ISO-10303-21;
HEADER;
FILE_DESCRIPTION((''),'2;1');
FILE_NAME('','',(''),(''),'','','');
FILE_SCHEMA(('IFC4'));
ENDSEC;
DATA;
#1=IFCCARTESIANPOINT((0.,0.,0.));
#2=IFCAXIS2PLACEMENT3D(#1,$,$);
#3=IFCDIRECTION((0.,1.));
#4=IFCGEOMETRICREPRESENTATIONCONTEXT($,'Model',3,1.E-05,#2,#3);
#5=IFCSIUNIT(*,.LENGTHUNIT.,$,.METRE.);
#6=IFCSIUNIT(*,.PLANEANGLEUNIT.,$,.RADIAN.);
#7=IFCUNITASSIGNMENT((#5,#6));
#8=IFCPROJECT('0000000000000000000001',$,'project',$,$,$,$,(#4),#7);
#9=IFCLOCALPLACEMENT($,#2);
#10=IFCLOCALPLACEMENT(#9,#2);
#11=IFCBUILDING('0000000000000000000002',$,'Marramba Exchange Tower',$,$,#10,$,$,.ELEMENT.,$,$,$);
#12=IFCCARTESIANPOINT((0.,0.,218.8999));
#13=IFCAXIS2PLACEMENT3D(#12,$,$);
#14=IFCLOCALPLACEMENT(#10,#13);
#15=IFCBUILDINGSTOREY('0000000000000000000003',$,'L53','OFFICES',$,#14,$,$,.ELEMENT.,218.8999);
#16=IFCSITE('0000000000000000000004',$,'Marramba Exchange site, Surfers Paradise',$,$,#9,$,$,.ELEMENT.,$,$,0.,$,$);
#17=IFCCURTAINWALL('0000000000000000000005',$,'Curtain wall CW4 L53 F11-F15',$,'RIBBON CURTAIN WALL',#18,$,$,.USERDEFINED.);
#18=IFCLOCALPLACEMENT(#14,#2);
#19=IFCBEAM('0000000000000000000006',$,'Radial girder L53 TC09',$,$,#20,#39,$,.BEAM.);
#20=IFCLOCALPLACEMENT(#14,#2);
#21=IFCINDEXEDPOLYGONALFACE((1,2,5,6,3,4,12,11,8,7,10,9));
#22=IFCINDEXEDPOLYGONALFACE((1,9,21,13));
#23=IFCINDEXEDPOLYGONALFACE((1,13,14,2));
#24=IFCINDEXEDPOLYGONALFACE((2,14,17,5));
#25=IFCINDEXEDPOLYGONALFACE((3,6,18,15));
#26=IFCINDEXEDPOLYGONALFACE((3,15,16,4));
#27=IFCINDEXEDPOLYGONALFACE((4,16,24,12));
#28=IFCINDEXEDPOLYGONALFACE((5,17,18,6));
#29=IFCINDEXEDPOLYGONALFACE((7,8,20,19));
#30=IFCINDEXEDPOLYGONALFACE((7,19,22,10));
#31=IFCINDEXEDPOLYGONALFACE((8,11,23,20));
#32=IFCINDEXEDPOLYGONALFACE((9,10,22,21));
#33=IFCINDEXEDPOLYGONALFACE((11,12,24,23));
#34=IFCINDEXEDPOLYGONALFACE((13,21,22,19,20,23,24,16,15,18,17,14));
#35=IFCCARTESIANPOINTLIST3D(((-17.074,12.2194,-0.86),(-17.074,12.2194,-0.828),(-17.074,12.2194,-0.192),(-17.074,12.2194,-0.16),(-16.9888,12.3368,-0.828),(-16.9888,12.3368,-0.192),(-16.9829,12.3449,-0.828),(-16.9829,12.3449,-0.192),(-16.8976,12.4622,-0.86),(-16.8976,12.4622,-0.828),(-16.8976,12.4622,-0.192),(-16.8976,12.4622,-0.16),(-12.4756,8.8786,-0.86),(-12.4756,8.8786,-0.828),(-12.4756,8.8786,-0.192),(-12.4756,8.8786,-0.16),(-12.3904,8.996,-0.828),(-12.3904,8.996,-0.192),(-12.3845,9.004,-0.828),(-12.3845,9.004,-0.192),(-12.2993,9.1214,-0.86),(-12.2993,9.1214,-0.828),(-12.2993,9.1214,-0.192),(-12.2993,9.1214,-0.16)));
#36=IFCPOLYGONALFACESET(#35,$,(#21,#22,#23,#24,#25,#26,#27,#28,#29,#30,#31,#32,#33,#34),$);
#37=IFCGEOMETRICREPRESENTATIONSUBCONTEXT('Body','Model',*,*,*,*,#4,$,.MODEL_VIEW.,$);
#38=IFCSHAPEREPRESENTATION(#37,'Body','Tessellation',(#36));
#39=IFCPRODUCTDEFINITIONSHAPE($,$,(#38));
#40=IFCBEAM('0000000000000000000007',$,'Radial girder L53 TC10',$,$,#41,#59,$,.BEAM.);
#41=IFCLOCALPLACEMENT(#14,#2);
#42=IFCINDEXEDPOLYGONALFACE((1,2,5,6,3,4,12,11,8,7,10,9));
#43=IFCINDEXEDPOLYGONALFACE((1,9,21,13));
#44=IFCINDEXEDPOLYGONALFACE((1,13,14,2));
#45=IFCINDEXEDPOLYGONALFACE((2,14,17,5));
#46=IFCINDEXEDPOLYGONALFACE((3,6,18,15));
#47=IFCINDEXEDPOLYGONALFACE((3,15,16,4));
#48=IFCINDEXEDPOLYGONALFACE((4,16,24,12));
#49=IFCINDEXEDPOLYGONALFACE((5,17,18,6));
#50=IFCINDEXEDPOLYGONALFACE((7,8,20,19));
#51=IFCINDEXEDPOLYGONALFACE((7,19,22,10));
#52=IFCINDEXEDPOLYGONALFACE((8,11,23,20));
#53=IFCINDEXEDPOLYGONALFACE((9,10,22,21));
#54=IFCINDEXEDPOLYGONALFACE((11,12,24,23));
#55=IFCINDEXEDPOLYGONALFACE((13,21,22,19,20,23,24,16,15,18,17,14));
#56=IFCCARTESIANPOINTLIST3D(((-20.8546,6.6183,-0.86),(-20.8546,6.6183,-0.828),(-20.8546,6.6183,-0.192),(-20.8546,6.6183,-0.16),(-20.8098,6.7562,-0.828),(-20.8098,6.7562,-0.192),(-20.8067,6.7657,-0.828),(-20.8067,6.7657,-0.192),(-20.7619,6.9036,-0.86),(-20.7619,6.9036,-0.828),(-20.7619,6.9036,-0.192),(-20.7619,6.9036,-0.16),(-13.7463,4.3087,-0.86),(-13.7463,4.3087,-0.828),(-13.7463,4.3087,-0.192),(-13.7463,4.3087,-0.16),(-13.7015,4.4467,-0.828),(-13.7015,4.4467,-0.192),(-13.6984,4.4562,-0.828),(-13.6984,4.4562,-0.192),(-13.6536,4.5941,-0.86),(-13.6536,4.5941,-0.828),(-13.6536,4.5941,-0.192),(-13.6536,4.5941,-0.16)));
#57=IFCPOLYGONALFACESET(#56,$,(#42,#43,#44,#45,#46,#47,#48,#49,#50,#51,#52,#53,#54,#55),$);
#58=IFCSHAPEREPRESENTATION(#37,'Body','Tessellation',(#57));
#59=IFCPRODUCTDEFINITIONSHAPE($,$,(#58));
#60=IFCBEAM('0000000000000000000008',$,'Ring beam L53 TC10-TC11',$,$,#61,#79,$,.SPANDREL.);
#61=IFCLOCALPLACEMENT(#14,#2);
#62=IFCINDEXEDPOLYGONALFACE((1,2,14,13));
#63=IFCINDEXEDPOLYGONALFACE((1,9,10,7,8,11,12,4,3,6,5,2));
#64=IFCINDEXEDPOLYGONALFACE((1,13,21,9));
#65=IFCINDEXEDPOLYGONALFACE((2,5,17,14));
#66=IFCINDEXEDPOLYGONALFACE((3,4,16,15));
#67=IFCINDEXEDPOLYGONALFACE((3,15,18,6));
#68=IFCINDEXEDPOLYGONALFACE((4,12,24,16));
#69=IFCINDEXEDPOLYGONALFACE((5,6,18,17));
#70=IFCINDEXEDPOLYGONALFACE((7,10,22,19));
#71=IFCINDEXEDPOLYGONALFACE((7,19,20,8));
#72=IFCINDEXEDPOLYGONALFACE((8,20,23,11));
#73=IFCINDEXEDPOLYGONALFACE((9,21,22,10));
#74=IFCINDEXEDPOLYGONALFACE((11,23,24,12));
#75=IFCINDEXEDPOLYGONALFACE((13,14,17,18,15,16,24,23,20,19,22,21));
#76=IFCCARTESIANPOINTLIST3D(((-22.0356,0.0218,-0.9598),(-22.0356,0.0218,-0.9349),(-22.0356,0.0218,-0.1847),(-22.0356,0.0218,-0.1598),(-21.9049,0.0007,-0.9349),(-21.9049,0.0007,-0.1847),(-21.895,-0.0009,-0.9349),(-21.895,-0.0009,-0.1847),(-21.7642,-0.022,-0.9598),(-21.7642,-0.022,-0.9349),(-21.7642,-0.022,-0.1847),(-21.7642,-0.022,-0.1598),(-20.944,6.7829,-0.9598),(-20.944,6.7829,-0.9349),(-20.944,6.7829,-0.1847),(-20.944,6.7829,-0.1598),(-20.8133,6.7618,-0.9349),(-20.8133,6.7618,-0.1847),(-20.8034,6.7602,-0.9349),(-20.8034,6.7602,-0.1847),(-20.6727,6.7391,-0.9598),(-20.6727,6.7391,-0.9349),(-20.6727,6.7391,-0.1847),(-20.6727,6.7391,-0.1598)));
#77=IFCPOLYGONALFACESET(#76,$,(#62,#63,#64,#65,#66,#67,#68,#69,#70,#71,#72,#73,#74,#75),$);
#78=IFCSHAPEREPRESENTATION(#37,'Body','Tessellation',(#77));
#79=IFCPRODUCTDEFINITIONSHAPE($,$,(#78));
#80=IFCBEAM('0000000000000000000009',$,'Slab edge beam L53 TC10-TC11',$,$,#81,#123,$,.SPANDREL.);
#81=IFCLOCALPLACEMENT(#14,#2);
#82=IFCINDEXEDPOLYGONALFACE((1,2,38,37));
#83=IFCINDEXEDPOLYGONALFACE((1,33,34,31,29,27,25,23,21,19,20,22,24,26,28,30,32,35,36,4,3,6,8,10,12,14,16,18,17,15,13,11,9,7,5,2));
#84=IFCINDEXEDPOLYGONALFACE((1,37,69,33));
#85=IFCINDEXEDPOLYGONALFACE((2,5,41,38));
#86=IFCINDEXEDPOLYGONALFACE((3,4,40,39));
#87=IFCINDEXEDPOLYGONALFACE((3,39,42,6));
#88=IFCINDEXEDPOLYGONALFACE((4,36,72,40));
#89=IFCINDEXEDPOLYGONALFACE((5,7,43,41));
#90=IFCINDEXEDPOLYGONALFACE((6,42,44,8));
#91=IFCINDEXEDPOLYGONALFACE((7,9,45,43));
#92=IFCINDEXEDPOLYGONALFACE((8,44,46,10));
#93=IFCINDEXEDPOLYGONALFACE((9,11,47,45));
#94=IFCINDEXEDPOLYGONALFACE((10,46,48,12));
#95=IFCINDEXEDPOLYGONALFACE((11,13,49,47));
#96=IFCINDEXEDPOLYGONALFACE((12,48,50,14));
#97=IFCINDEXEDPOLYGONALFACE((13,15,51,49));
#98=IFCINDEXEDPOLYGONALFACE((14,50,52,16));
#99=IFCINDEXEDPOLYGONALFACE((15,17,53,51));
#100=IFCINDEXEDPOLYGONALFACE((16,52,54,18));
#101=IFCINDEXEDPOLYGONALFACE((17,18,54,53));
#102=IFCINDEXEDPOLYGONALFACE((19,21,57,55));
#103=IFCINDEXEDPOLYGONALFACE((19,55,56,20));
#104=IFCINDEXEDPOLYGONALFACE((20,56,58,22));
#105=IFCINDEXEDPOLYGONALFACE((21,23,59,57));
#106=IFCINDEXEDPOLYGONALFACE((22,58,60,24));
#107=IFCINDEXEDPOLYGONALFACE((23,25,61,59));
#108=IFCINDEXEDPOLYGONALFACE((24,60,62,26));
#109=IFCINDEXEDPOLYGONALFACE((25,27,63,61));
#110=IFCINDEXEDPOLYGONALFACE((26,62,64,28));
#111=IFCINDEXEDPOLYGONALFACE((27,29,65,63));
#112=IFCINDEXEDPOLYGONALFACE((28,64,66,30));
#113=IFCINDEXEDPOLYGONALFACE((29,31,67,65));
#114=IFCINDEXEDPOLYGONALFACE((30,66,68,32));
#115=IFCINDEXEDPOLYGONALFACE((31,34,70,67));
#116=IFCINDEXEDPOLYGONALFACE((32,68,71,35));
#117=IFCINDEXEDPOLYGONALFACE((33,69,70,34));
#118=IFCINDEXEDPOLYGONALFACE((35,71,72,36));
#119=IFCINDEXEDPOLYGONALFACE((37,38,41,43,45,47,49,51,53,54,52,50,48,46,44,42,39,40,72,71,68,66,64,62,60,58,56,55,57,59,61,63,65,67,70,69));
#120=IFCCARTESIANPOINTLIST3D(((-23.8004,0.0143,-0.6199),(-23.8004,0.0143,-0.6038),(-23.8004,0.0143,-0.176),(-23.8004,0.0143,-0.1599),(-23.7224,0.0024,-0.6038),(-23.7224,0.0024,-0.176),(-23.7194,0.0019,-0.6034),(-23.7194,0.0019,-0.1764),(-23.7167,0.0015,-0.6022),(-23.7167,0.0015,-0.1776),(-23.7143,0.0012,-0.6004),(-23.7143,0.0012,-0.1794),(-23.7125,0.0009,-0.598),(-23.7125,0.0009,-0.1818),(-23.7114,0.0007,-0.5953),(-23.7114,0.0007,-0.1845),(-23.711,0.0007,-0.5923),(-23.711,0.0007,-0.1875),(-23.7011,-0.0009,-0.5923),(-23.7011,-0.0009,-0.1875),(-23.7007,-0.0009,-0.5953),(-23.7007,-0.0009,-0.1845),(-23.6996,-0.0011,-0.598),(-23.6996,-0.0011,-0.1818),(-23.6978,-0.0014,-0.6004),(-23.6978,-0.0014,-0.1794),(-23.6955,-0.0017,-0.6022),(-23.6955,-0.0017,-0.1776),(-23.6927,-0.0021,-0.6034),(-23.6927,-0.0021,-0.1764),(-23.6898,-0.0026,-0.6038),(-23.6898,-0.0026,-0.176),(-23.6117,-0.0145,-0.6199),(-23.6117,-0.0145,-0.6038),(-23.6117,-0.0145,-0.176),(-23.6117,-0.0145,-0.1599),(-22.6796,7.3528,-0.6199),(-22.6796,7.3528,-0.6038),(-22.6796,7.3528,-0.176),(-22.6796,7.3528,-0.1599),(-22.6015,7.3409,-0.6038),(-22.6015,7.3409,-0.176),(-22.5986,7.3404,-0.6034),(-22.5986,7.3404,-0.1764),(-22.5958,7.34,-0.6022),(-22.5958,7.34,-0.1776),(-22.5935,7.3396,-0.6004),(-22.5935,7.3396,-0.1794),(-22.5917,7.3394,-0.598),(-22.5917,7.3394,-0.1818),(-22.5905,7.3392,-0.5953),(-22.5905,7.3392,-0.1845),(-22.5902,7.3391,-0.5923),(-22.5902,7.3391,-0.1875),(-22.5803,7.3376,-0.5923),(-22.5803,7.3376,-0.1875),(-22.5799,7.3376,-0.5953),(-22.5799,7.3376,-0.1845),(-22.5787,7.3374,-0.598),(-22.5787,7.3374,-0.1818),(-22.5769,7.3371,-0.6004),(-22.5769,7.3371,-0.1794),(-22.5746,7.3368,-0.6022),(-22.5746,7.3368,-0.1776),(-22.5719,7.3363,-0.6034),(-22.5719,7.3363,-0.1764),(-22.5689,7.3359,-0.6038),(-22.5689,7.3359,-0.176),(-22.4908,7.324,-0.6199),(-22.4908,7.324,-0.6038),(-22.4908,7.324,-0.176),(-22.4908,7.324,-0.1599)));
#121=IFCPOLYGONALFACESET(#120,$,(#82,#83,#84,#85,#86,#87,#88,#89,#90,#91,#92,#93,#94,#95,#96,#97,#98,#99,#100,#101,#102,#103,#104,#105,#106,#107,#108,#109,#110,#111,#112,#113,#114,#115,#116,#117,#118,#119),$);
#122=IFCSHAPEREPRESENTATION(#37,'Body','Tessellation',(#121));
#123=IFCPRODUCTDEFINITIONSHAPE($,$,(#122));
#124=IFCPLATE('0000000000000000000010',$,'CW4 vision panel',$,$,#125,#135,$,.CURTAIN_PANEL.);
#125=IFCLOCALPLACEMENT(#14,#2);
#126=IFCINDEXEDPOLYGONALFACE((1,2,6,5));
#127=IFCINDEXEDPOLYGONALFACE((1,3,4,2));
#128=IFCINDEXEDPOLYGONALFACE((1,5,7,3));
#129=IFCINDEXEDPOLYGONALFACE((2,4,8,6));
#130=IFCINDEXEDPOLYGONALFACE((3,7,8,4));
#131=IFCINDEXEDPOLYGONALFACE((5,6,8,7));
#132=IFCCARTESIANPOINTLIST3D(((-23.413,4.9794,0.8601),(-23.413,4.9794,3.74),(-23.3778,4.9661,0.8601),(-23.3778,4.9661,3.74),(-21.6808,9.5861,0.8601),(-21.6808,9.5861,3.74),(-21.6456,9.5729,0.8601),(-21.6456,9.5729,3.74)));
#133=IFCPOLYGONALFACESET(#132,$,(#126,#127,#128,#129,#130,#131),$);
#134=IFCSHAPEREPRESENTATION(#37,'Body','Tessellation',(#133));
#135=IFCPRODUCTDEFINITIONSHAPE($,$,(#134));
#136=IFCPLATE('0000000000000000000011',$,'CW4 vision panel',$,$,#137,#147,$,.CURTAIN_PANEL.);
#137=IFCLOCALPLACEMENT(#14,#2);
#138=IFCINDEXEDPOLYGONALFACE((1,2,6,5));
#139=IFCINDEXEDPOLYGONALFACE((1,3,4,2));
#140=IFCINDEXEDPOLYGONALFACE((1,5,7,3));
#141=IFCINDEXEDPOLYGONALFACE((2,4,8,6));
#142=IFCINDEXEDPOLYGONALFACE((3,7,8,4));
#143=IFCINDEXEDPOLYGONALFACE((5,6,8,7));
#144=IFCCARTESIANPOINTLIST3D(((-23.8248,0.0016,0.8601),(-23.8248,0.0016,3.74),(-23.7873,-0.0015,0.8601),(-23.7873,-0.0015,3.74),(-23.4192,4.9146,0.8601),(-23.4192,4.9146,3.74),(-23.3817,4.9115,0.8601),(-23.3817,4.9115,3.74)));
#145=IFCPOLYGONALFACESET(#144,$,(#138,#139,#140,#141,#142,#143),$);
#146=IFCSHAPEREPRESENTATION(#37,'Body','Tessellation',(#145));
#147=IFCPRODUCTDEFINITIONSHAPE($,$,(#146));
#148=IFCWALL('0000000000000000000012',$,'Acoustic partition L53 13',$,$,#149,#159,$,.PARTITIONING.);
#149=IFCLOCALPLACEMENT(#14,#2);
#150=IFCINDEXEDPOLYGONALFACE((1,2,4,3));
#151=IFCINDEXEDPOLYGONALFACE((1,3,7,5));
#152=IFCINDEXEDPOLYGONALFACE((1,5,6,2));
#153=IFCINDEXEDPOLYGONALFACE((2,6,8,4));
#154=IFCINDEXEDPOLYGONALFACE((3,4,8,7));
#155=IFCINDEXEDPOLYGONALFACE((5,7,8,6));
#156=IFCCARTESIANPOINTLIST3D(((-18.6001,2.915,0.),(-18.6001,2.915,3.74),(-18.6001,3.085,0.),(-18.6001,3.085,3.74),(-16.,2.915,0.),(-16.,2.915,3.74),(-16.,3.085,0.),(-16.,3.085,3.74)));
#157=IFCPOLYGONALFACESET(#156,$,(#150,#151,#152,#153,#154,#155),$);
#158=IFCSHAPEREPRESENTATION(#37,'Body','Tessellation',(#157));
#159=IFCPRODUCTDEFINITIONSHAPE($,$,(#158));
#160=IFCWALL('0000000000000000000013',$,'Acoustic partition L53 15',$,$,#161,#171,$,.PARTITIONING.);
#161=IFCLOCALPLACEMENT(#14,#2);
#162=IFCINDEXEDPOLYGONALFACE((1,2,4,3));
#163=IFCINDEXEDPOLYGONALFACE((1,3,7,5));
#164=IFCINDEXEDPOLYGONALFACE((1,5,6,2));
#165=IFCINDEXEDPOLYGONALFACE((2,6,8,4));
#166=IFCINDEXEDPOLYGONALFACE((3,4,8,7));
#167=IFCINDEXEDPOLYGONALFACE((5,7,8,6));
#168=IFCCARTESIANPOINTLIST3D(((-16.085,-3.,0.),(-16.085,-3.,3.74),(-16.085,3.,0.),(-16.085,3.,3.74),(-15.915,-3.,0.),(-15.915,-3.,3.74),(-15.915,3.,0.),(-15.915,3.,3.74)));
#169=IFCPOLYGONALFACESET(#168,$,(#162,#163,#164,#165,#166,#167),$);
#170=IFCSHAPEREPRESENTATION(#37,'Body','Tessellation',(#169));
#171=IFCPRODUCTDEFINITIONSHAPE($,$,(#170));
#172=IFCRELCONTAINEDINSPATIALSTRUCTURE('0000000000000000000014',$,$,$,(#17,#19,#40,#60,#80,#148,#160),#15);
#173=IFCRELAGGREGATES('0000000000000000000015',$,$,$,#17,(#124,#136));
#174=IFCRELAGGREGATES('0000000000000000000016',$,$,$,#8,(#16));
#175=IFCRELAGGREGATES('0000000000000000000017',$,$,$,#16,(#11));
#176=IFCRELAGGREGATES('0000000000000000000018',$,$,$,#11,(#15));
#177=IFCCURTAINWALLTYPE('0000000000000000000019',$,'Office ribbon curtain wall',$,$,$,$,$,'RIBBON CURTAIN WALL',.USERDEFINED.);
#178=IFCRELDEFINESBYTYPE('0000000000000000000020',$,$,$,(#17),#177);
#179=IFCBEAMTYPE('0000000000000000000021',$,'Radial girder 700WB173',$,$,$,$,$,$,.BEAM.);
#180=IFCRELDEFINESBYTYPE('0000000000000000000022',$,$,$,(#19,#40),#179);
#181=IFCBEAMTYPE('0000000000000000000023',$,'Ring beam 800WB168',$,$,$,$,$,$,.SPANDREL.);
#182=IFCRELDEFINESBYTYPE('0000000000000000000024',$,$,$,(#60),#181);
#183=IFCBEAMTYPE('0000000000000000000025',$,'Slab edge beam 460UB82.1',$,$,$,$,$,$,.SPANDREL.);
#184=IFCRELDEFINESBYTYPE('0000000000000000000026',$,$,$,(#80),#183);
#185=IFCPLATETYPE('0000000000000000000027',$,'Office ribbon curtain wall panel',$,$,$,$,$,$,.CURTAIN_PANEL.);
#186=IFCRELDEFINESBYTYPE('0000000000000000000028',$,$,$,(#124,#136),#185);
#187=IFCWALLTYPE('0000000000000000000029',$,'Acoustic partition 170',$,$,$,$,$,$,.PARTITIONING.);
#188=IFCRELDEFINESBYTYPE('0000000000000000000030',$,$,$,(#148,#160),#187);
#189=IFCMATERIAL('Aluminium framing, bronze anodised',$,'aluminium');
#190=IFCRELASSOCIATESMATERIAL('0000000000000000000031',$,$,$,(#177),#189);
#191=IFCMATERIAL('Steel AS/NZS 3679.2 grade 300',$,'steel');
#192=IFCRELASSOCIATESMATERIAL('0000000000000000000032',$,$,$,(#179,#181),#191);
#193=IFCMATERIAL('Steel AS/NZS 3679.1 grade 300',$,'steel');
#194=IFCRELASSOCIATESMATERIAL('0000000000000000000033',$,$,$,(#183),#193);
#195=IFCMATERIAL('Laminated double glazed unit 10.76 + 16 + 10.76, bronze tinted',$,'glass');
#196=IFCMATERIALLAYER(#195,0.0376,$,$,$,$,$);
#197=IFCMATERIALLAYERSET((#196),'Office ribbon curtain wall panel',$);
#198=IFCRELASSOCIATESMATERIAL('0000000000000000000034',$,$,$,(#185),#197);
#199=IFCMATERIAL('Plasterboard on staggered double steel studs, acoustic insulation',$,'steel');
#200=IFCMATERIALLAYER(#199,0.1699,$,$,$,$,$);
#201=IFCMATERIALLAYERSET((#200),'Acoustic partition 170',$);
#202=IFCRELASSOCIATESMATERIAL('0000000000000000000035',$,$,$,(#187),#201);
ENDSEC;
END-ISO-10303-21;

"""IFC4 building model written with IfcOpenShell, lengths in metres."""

from ifc_helpers import new_model, si_unit, direction, frame, frame_2d, origin, origin_2d, place, context, subcontext, project, spatial, rectangle, i_section, extrude, material, layer, layer_set, material_profile, profile_set, type_object, element, aggregate, save


model = new_model("IFC4")

# Units and contexts
model_context = context("Model", 3, precision=1e-05, world=origin(), true_north=direction((0.0, 1.0)))
body_context = subcontext(model_context, "Body", "Model", "MODEL_VIEW")
ifc_project = project(units=[si_unit("LENGTHUNIT", "METRE"), si_unit("PLANEANGLEUNIT", "RADIAN")], contexts=[model_context])

# Site, building, storey
site_placement = place(None, origin())
site = spatial("IfcSite", under=ifc_project, at=site_placement, Name="Marramba Exchange site, Surfers Paradise", CompositionType="ELEMENT", RefElevation=0.0)
building_placement = place(site_placement, origin())
building = spatial("IfcBuilding", under=site, at=building_placement, Name="Marramba Exchange Tower", CompositionType="ELEMENT")
storey_placement = place(building_placement, frame((0.0, 0.0, 218.8999)))
storey = spatial("IfcBuildingStorey", under=building, at=storey_placement, Name="L53", Description="OFFICES", CompositionType="ELEMENT", Elevation=218.8999)

# Shared definitions
ifc_material_1 = material(Name="Steel AS/NZS 3679.2 grade 300", Category="steel")
ifc_material_2 = material(Name="Steel AS/NZS 3679.1 grade 300", Category="steel")

# Curtain wall
ifc_material_3 = material(Name="Aluminium framing, bronze anodised", Category="aluminium")
curtain_wall_type = type_object("IfcCurtainWallType", Name="Office ribbon curtain wall", ElementType="RIBBON CURTAIN WALL", PredefinedType="USERDEFINED", material=ifc_material_3)
curtain_wall_placement = place(storey_placement, origin())
curtain_wall = element("IfcCurtainWall", 1, at=curtain_wall_placement, inside=storey, type_object=curtain_wall_type, Name="Curtain wall CW4 L53 F11-F15", ObjectType="RIBBON CURTAIN WALL", PredefinedType="USERDEFINED")

# Beams
ifc_material_profile_1 = material_profile(ifc_material_1, i_section(OverallWidth=0.3, OverallDepth=0.7, WebThickness=0.01, FlangeThickness=0.032, at=origin_2d()), Name="700WB173")
ifc_profile_set_1 = profile_set([ifc_material_profile_1], Name="Steel AS/NZS 3679.2 grade 300")
beam_type_1 = type_object("IfcBeamType", Name="Radial girder 700WB173", PredefinedType="BEAM", material=ifc_profile_set_1)
beam_1_placement = place(storey_placement, frame((-12.3875, 9.0, -0.51), z_axis=(-0.809026, 0.587773, 0.0), x_axis=(-0.587773, -0.809026, 0.0)))
element("IfcBeam", 2, at=beam_1_placement, inside=storey, type_object=beam_type_1, Name="Radial girder L53 TC09", PredefinedType="BEAM", context=body_context, shape_type="SweptSolid", body=[
    extrude(i_section(OverallWidth=0.3, OverallDepth=0.7, WebThickness=0.01, FlangeThickness=0.032, at=origin_2d()), origin(), (0.0, 0.0, 1.0), 5.6838),
])
beam_2_placement = place(storey_placement, frame((-13.7, 4.4514, -0.51), z_axis=(-0.95106, 0.309006, 0.0), x_axis=(-0.309006, -0.95106, 0.0)))
element("IfcBeam", 3, at=beam_2_placement, inside=storey, type_object=beam_type_1, Name="Radial girder L53 TC10", PredefinedType="BEAM", context=body_context, shape_type="SweptSolid", body=[
    extrude(i_section(OverallWidth=0.3, OverallDepth=0.7, WebThickness=0.01, FlangeThickness=0.032, at=origin_2d()), origin(), (0.0, 0.0, 1.0), 7.4741),
])
ifc_material_profile_2 = material_profile(ifc_material_1, i_section(OverallWidth=0.2749, OverallDepth=0.8, WebThickness=0.01, FlangeThickness=0.0249, at=origin_2d()), Name="800WB168")
ifc_profile_set_2 = profile_set([ifc_material_profile_2], Name="Steel AS/NZS 3679.2 grade 300")
beam_type_2 = type_object("IfcBeamType", Name="Ring beam 800WB168", PredefinedType="SPANDREL", material=ifc_profile_set_2)
beam_3_placement = place(storey_placement, frame((-20.8083, 6.761, -0.5598), z_axis=(-0.159385, -0.987217, 0.0), x_axis=(0.987217, -0.159385, 0.0)))
element("IfcBeam", 4, at=beam_3_placement, inside=storey, type_object=beam_type_2, Name="Ring beam L53 TC10-TC11", PredefinedType="SPANDREL", context=body_context, shape_type="SweptSolid", body=[
    extrude(i_section(OverallWidth=0.2749, OverallDepth=0.8, WebThickness=0.01, FlangeThickness=0.0249, at=origin_2d()), origin(), (0.0, 0.0, 1.0), 6.8486),
])
ifc_material_profile_3 = material_profile(ifc_material_2, i_section(OverallWidth=0.1909, OverallDepth=0.46, WebThickness=0.01, FlangeThickness=0.0161, FilletRadius=0.0115, at=origin_2d()), Name="460UB82.1")
ifc_profile_set_3 = profile_set([ifc_material_profile_3], Name="Steel AS/NZS 3679.1 grade 300")
beam_type_3 = type_object("IfcBeamType", Name="Slab edge beam 460UB82.1", PredefinedType="SPANDREL", material=ifc_profile_set_3)
beam_4_placement = place(storey_placement, frame((-22.5852, 7.3384, -0.3899), z_axis=(-0.150987, -0.988536, 0.0), x_axis=(0.988536, -0.150987, 0.0)))
element("IfcBeam", 5, at=beam_4_placement, inside=storey, type_object=beam_type_3, Name="Slab edge beam L53 TC10-TC11", PredefinedType="SPANDREL", context=body_context, shape_type="SweptSolid", body=[
    extrude(i_section(OverallWidth=0.1909, OverallDepth=0.46, WebThickness=0.01, FlangeThickness=0.0161, FilletRadius=0.0115, at=origin_2d()), origin(), (0.0, 0.0, 1.0), 7.4236),
])

# Plates
ifc_material_4 = material(Name="Laminated double glazed unit 10.76 + 16 + 10.76, bronze tinted", Category="glass")
ifc_layer_1 = layer(ifc_material_4, 0.0376)
ifc_layer_set_1 = layer_set([ifc_layer_1], Name="Office ribbon curtain wall panel")
plate_type = type_object("IfcPlateType", Name="Office ribbon curtain wall panel", PredefinedType="CURTAIN_PANEL", material=ifc_layer_set_1)
plate_1_placement = place(storey_placement, frame((-22.5293, 7.2761, 0.8601), z_axis=(0.0, 0.0, 1.0), x_axis=(-0.351952, -0.936018, 0.0)))
plate_1 = element("IfcPlate", 6, at=plate_1_placement, type_object=plate_type, Name="CW4 vision panel", PredefinedType="CURTAIN_PANEL", context=body_context, shape_type="SweptSolid", body=[
    extrude(rectangle(XDim=4.9216, YDim=0.0376, at=origin_2d()), origin(), (0.0, 0.0, 1.0), 2.8799),
])
plate_2_placement = place(storey_placement, frame((-23.6033, 2.4565, 0.8601), z_axis=(0.0, 0.0, 1.0), x_axis=(-0.082281, -0.996609, 0.0)))
plate_2 = element("IfcPlate", 7, at=plate_2_placement, type_object=plate_type, Name="CW4 vision panel", PredefinedType="CURTAIN_PANEL", context=body_context, shape_type="SweptSolid", body=[
    extrude(rectangle(XDim=4.9297, YDim=0.0376, at=origin_2d()), origin(), (0.0, 0.0, 1.0), 2.8799),
])
aggregate(curtain_wall, [plate_1, plate_2])

# Walls
ifc_material_5 = material(Name="Plasterboard on staggered double steel studs, acoustic insulation", Category="steel")
ifc_layer_2 = layer(ifc_material_5, 0.1699)
ifc_layer_set_2 = layer_set([ifc_layer_2], Name="Acoustic partition 170")
wall_type_1 = type_object("IfcWallType", Name="Acoustic partition 170", PredefinedType="PARTITIONING", material=ifc_layer_set_2)
wall_1_placement = place(storey_placement, frame((-18.6001, 3.0, 0.0), z_axis=(0.0, 0.0, 1.0), x_axis=(1.0, 0.0, 0.0)))
element("IfcWall", 8, at=wall_1_placement, inside=storey, type_object=wall_type_1, Name="Acoustic partition L53 13", PredefinedType="PARTITIONING", context=body_context, shape_type="SweptSolid", body=[
    extrude(rectangle(XDim=2.6001, YDim=0.1699, at=frame_2d((1.3, 0.0))), origin(), (0.0, 0.0, 1.0), 3.74),
])
wall_2_placement = place(storey_placement, frame((-16.0, 3.0, 0.0), z_axis=(0.0, 0.0, 1.0), x_axis=(0.0, -1.0, 0.0)))
element("IfcWall", 9, at=wall_2_placement, inside=storey, type_object=wall_type_1, Name="Acoustic partition L53 15", PredefinedType="PARTITIONING", context=body_context, shape_type="SweptSolid", body=[
    extrude(rectangle(XDim=6.0, YDim=0.1699, at=frame_2d((3.0, 0.0))), origin(), (0.0, 0.0, 1.0), 3.74),
])

save(model, "model.ifc")
